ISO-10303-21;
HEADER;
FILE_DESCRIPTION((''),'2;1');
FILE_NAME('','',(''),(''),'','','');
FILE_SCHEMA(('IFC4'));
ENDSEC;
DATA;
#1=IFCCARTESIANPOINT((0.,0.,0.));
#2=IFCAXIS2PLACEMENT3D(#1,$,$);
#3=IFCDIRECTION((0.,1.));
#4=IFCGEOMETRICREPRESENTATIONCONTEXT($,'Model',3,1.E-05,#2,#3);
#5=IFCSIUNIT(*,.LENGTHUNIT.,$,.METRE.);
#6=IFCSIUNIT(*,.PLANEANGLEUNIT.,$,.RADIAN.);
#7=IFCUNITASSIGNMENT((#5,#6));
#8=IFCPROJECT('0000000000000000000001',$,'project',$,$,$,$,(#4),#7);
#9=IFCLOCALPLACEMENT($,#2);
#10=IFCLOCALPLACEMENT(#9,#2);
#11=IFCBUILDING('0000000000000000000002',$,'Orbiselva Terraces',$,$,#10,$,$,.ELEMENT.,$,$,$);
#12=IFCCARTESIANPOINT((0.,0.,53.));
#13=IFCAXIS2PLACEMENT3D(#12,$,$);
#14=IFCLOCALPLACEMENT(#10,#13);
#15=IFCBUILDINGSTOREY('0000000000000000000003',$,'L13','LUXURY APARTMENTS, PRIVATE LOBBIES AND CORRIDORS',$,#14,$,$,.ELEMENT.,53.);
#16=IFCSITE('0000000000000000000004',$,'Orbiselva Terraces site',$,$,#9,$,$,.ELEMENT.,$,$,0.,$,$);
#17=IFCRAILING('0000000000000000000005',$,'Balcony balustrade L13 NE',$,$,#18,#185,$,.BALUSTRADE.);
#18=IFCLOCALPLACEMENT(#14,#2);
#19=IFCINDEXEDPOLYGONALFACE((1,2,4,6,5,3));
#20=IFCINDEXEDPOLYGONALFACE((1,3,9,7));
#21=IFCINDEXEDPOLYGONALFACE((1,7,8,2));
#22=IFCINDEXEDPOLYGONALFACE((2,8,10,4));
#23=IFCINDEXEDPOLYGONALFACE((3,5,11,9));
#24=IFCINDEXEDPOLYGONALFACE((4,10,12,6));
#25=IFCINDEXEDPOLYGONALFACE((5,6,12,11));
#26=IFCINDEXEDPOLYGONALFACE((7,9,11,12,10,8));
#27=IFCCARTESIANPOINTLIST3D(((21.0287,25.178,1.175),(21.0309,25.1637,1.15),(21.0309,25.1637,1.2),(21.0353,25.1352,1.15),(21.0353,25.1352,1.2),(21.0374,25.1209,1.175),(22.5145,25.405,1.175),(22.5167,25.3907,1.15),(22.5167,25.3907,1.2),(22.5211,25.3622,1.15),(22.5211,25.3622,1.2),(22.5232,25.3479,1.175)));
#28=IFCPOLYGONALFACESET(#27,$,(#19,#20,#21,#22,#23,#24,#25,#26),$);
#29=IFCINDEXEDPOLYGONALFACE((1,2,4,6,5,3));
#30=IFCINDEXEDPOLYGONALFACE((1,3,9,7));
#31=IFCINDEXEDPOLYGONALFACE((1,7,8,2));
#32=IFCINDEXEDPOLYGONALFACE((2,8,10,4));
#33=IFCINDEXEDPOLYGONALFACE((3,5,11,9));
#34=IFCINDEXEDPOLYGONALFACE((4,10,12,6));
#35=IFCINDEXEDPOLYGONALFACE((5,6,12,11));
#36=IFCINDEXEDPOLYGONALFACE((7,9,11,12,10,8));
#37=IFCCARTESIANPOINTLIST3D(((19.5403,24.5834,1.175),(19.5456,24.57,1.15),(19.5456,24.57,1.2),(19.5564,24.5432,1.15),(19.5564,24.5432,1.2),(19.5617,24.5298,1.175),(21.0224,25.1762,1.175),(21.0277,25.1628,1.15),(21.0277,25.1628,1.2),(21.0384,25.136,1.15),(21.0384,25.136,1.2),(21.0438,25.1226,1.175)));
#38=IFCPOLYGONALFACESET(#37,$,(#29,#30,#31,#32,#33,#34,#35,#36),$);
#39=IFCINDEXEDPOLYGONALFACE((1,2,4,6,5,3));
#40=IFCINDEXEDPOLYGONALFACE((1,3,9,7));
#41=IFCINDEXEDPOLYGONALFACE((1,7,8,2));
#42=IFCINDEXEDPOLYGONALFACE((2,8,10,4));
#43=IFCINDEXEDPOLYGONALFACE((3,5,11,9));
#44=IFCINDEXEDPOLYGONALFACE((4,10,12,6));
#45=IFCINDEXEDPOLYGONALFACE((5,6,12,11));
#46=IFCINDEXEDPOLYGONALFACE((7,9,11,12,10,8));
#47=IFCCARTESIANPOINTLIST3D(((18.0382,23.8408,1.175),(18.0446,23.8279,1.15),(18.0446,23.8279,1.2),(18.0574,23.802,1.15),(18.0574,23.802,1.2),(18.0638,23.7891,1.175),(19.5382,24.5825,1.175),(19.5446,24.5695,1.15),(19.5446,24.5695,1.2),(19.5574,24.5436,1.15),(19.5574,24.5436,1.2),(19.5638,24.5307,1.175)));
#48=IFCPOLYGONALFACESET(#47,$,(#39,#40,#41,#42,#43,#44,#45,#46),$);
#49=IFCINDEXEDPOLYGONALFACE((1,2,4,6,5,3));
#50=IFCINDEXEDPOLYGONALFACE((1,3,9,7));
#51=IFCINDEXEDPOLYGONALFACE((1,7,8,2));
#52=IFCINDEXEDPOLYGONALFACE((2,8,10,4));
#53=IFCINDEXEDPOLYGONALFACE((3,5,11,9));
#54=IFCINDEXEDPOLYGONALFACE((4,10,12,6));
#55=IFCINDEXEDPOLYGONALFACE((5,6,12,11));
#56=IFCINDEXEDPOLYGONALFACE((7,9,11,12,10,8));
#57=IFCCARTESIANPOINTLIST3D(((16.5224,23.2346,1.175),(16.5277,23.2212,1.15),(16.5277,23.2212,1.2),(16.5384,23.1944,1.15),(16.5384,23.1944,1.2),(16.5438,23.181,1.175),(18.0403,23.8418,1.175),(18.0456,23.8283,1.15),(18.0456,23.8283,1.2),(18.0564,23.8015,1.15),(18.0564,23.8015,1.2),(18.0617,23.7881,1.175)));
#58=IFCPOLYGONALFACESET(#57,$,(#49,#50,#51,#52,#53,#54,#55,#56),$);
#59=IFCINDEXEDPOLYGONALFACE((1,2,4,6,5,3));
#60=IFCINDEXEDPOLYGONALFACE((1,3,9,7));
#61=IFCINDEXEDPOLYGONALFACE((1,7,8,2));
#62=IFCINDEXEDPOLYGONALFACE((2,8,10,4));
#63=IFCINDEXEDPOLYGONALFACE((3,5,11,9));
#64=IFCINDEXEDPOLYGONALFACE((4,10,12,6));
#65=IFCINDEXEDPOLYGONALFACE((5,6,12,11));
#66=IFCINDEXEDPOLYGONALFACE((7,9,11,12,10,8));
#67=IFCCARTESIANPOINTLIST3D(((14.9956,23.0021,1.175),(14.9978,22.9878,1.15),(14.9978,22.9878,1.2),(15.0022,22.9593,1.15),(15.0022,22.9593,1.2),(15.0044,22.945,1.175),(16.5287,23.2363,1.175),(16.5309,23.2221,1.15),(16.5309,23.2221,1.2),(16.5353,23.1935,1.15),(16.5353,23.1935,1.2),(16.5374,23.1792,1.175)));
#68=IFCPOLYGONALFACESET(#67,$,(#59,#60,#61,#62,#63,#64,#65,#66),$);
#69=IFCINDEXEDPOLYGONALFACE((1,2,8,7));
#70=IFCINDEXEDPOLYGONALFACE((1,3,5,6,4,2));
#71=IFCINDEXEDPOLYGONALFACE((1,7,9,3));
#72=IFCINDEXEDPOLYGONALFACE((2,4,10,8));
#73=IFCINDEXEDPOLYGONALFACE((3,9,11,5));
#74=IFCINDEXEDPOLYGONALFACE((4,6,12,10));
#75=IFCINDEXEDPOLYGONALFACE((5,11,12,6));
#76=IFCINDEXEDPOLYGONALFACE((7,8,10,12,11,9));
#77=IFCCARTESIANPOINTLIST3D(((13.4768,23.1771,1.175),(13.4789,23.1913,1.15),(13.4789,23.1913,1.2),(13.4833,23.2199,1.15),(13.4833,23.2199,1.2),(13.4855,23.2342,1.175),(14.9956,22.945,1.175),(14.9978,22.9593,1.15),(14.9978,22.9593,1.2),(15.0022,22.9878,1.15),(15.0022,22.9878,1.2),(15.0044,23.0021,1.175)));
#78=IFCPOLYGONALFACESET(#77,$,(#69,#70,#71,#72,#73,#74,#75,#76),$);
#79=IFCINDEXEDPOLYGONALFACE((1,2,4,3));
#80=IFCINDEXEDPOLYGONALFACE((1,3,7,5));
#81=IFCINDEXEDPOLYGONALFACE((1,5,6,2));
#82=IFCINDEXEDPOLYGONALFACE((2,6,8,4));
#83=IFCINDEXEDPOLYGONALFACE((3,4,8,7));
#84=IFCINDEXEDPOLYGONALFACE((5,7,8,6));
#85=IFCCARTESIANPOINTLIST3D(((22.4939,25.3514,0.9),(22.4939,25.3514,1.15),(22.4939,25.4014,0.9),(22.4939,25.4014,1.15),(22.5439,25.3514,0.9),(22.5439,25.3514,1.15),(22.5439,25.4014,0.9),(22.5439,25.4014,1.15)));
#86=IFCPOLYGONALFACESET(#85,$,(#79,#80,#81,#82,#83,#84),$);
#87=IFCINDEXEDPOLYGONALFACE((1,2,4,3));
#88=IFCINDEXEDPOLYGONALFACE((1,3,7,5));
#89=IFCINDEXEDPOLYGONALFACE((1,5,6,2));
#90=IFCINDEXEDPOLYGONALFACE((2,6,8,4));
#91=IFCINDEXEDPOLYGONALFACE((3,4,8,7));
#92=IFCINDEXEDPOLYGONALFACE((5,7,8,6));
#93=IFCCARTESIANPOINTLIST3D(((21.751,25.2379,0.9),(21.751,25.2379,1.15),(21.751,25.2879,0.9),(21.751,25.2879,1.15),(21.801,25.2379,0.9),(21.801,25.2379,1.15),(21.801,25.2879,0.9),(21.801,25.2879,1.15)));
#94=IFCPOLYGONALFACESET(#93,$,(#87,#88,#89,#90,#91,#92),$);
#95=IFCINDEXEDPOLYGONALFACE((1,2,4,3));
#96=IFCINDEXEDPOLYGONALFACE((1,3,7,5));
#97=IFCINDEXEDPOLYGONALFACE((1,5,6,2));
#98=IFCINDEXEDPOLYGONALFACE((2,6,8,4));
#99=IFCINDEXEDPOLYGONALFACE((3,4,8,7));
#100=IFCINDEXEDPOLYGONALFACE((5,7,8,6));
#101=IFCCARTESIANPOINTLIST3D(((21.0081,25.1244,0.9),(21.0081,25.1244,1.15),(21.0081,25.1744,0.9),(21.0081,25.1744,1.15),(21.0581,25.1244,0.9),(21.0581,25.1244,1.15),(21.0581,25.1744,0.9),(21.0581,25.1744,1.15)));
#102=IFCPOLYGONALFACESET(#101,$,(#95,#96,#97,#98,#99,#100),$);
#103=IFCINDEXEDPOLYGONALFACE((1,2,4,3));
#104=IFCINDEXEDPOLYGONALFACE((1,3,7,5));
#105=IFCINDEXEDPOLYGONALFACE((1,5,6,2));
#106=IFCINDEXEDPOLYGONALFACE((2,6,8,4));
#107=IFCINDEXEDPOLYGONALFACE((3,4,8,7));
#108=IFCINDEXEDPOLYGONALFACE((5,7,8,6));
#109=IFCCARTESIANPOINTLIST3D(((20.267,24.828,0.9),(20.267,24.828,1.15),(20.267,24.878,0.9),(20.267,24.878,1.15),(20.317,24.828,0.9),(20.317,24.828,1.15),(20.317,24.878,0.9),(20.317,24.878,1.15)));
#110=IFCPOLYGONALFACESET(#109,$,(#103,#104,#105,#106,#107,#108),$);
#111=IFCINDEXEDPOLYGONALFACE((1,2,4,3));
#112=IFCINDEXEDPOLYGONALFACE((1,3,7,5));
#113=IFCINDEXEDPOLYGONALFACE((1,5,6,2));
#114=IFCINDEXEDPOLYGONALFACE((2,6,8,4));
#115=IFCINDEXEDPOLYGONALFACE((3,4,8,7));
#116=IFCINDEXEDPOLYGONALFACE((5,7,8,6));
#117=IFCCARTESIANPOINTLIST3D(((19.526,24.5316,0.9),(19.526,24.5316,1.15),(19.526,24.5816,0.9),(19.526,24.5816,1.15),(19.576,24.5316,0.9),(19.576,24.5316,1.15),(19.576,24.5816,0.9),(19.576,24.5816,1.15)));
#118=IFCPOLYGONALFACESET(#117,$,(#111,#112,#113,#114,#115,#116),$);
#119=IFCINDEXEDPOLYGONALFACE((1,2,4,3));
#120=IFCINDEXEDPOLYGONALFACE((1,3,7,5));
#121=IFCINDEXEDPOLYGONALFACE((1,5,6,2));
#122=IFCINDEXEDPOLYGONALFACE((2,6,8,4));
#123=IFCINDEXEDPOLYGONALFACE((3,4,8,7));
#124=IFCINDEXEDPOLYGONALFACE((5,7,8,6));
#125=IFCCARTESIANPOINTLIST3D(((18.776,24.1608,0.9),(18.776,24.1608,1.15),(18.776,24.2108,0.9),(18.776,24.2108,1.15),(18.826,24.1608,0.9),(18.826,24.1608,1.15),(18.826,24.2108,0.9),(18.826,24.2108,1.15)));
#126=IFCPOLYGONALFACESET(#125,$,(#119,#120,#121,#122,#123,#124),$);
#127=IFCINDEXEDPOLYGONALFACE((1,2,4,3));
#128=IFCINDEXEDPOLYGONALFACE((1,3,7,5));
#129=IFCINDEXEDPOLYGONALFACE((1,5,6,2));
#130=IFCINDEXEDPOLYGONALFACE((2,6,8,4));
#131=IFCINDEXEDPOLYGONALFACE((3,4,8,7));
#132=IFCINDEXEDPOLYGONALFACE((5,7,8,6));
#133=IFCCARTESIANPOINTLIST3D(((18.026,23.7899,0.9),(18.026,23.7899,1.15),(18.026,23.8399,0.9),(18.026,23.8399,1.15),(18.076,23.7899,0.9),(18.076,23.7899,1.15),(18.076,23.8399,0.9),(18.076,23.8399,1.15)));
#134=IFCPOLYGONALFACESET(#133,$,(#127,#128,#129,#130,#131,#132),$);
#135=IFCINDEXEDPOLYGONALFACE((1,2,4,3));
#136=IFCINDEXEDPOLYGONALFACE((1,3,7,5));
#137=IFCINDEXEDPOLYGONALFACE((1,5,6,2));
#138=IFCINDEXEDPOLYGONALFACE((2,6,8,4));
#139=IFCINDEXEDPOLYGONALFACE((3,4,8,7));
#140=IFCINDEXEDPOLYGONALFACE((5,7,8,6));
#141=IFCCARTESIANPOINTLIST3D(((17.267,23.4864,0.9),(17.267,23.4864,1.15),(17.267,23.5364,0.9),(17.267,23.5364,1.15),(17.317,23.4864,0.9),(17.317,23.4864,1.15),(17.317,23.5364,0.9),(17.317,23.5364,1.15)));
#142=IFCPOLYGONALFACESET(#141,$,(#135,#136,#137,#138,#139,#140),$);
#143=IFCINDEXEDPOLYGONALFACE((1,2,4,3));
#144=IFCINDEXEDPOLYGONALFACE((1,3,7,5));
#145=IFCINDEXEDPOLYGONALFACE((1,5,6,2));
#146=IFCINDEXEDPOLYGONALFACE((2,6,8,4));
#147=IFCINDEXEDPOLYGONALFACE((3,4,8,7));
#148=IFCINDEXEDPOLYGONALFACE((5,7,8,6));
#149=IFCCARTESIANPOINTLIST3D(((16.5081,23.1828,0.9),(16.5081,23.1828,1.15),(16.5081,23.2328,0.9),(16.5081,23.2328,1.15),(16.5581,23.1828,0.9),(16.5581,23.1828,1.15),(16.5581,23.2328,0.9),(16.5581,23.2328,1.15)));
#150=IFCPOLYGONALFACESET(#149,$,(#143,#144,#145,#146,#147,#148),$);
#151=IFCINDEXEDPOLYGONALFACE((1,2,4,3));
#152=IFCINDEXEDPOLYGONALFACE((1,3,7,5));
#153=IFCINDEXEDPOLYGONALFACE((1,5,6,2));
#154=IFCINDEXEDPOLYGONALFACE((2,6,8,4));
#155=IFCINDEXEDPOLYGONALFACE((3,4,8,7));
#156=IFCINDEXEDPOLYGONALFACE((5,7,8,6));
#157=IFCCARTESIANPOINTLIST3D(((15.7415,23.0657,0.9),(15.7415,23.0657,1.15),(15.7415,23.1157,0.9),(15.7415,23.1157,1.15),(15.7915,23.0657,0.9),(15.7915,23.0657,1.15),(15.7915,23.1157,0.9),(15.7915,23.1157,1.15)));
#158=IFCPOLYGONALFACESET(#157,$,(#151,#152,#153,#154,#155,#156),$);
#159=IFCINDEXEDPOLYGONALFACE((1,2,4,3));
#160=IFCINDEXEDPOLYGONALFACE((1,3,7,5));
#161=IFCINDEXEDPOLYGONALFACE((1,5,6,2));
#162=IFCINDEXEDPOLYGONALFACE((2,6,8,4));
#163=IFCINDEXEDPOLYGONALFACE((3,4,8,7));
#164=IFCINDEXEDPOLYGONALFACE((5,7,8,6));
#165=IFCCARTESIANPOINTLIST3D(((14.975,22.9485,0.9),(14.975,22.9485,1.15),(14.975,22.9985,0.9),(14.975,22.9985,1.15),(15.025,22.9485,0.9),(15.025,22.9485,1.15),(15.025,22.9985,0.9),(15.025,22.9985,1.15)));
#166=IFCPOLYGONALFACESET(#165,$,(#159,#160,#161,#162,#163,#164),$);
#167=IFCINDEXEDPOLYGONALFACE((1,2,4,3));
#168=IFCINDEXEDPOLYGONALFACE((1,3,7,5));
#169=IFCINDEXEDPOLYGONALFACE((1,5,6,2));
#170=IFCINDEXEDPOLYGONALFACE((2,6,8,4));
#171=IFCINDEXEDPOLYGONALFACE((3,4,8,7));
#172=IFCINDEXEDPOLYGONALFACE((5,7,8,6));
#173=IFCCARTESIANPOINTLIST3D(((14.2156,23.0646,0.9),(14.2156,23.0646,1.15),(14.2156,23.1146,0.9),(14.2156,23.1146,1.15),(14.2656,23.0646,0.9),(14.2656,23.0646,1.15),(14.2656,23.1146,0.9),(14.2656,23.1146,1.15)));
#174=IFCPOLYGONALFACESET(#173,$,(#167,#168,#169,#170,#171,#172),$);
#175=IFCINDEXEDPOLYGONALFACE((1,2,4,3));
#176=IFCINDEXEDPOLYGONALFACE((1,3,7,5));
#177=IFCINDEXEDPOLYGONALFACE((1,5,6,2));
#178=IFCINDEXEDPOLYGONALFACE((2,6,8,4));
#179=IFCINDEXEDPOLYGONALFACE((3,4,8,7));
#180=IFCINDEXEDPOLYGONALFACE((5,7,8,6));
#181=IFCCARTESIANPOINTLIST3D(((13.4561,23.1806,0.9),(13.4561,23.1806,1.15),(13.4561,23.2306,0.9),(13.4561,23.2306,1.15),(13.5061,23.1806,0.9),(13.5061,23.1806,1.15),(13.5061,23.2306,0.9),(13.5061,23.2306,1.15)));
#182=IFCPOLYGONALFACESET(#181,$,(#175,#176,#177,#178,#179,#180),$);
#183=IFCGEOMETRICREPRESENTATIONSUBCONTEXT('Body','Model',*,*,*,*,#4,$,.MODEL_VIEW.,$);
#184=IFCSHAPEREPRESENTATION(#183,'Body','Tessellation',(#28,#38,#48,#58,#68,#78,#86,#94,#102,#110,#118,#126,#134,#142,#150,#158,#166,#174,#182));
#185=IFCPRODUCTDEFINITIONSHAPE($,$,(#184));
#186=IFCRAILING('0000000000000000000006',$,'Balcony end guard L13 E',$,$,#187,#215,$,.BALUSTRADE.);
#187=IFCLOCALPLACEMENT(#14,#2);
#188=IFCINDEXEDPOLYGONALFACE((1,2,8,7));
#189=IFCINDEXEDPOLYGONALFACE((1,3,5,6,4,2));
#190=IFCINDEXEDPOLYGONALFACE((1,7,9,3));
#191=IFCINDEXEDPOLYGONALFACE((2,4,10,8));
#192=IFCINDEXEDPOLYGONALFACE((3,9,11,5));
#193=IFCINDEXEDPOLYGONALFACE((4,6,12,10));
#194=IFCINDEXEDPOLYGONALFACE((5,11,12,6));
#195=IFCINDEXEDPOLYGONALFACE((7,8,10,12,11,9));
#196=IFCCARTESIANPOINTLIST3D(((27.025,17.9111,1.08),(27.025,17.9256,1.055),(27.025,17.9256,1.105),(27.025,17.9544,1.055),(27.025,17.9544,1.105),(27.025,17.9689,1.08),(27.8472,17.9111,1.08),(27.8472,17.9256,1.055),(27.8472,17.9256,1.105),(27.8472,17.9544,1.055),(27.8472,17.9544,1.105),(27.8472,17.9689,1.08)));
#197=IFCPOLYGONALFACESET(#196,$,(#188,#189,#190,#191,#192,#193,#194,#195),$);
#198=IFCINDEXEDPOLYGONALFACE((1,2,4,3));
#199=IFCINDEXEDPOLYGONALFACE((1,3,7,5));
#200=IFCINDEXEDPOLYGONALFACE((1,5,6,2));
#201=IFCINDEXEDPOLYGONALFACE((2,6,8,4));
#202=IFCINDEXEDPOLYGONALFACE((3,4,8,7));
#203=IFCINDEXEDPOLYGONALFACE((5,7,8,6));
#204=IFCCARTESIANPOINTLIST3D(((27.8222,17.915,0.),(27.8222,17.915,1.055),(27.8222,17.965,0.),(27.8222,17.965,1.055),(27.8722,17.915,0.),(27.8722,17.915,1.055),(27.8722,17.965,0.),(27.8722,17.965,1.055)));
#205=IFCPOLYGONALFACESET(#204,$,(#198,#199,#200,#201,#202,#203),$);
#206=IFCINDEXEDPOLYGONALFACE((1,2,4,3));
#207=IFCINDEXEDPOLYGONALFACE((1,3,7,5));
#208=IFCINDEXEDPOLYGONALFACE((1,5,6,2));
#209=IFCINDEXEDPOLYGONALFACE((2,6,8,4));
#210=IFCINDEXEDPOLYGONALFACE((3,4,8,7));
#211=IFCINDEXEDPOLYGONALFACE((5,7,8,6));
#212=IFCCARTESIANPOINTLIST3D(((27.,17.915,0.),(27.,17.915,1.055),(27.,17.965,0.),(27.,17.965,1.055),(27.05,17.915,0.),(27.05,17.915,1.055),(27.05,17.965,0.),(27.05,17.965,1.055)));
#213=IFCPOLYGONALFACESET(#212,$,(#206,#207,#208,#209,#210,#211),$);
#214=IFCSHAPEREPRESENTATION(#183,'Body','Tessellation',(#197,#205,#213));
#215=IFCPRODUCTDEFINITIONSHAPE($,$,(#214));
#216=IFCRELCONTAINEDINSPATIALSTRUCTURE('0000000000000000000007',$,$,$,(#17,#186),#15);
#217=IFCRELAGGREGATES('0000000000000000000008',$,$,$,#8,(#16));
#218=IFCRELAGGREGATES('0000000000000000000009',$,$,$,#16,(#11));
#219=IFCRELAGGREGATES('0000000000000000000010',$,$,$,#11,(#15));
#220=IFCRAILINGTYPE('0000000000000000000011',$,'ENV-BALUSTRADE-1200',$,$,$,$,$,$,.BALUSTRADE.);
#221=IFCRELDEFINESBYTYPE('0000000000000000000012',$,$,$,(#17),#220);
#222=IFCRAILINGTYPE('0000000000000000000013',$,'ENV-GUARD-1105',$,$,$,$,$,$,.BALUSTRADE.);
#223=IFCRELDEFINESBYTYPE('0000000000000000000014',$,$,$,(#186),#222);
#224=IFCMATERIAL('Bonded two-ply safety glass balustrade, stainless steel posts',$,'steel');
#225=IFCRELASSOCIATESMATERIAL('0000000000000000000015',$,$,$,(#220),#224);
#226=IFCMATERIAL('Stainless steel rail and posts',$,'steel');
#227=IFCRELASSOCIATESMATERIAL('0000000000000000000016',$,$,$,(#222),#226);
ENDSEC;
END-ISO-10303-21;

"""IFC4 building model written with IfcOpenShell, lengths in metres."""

from ifc_helpers import new_model, si_unit, direction, frame, origin, origin_2d, place, context, subcontext, project, spatial, polyline, rectangle, outline, extrude, material, type_object, element, save


model = new_model("IFC4")

# Units and contexts
model_context = context("Model", 3, precision=1e-05, world=origin(), true_north=direction((0.0, 1.0)))
body_context = subcontext(model_context, "Body", "Model", "MODEL_VIEW")
ifc_project = project(units=[si_unit("LENGTHUNIT", "METRE"), si_unit("PLANEANGLEUNIT", "RADIAN")], contexts=[model_context])

# Site, building, storey
site_placement = place(None, origin())
site = spatial("IfcSite", under=ifc_project, at=site_placement, Name="Orbiselva Terraces site", CompositionType="ELEMENT", RefElevation=0.0)
building_placement = place(site_placement, origin())
building = spatial("IfcBuilding", under=site, at=building_placement, Name="Orbiselva Terraces", CompositionType="ELEMENT")
storey_placement = place(building_placement, frame((0.0, 0.0, 53.0)))
storey = spatial("IfcBuildingStorey", under=building, at=storey_placement, Name="L13", Description="LUXURY APARTMENTS, PRIVATE LOBBIES AND CORRIDORS", CompositionType="ELEMENT", Elevation=53.0)

# Railings
ifc_material_1 = material(Name="Bonded two-ply safety glass balustrade, stainless steel posts", Category="steel")
railing_type_1 = type_object("IfcRailingType", Name="ENV-BALUSTRADE-1200", PredefinedType="BALUSTRADE", material=ifc_material_1)
railing_1_placement = place(storey_placement, frame((22.5189, 25.3764, 0.9)))
element("IfcRailing", 1, at=railing_1_placement, inside=storey, type_object=railing_type_1, Name="Balcony balustrade L13 NE", PredefinedType="BALUSTRADE", context=body_context, shape_type="SweptSolid", body=[
    extrude(outline(polyline([(0.0289, 0.0), (0.0144, 0.025), (-0.0144, 0.025), (-0.0289, 0.0), (-0.0144, -0.025), (0.0144, -0.025), (0.0289, 0.0)])), frame((0.0, 0.0, 0.275), z_axis=(-0.988529, -0.151034, 0.0), x_axis=(0.151034, -0.988529, 0.0)), (0.0, 0.0, 1.0), 1.503),
    extrude(outline(polyline([(0.0289, 0.0), (0.0144, 0.025), (-0.0144, 0.025), (-0.0289, 0.0), (-0.0144, -0.025), (0.0144, -0.025), (0.0289, 0.0)])), frame((-1.4858, -0.227, 0.275), z_axis=(-0.928477, -0.371391, 0.0), x_axis=(0.371391, -0.928477, 0.0)), (0.0, 0.0, 1.0), 1.5963),
    extrude(outline(polyline([(0.0289, 0.0), (0.0144, 0.025), (-0.0144, 0.025), (-0.0289, 0.0), (-0.0144, -0.025), (0.0144, -0.025), (0.0289, 0.0)])), frame((-2.9679, -0.8198, 0.275), z_axis=(-0.896417, -0.443212, 0.0), x_axis=(0.443212, -0.896417, 0.0)), (0.0, 0.0, 1.0), 1.6733),
    extrude(outline(polyline([(0.0289, 0.0), (0.0144, 0.025), (-0.0144, 0.025), (-0.0289, 0.0), (-0.0144, -0.025), (0.0144, -0.025), (0.0289, 0.0)])), frame((-4.4679, -1.5615, 0.275), z_axis=(-0.928477, -0.37139, 0.0), x_axis=(0.37139, -0.928477, 0.0)), (0.0, 0.0, 1.0), 1.6348),
    extrude(outline(polyline([(0.0289, 0.0), (0.0144, 0.025), (-0.0144, 0.025), (-0.0289, 0.0), (-0.0144, -0.025), (0.0144, -0.025), (0.0289, 0.0)])), frame((-5.9858, -2.1686, 0.275), z_axis=(-0.988529, -0.151034, 0.0), x_axis=(0.151034, -0.988529, 0.0)), (0.0, 0.0, 1.0), 1.5509),
    extrude(outline(polyline([(0.0289, 0.0), (0.0144, 0.025), (-0.0144, 0.025), (-0.0289, 0.0), (-0.0144, -0.025), (0.0144, -0.025), (0.0289, 0.0)])), frame((-7.5189, -2.4029, 0.275), z_axis=(-0.988529, 0.151034, 0.0), x_axis=(-0.151034, -0.988529, 0.0)), (0.0, 0.0, 1.0), 1.5365),
    extrude(rectangle(XDim=0.05, YDim=0.05, at=origin_2d()), origin(), (0.0, 0.0, 1.0), 0.25),
    extrude(rectangle(XDim=0.05, YDim=0.05, at=origin_2d()), frame((-0.7429, -0.1135, 0.0)), (0.0, 0.0, 1.0), 0.25),
    extrude(rectangle(XDim=0.05, YDim=0.05, at=origin_2d()), frame((-1.4858, -0.227, 0.0)), (0.0, 0.0, 1.0), 0.25),
    extrude(rectangle(XDim=0.05, YDim=0.05, at=origin_2d()), frame((-2.2268, -0.5234, 0.0)), (0.0, 0.0, 1.0), 0.25),
    extrude(rectangle(XDim=0.05, YDim=0.05, at=origin_2d()), frame((-2.9679, -0.8198, 0.0)), (0.0, 0.0, 1.0), 0.25),
    extrude(rectangle(XDim=0.05, YDim=0.05, at=origin_2d()), frame((-3.7179, -1.1907, 0.0)), (0.0, 0.0, 1.0), 0.25),
    extrude(rectangle(XDim=0.05, YDim=0.05, at=origin_2d()), frame((-4.4679, -1.5615, 0.0)), (0.0, 0.0, 1.0), 0.25),
    extrude(rectangle(XDim=0.05, YDim=0.05, at=origin_2d()), frame((-5.2268, -1.8651, 0.0)), (0.0, 0.0, 1.0), 0.25),
    extrude(rectangle(XDim=0.05, YDim=0.05, at=origin_2d()), frame((-5.9858, -2.1686, 0.0)), (0.0, 0.0, 1.0), 0.25),
    extrude(rectangle(XDim=0.05, YDim=0.05, at=origin_2d()), frame((-6.7523, -2.2858, 0.0)), (0.0, 0.0, 1.0), 0.25),
    extrude(rectangle(XDim=0.05, YDim=0.05, at=origin_2d()), frame((-7.5189, -2.4029, 0.0)), (0.0, 0.0, 1.0), 0.25),
    extrude(rectangle(XDim=0.05, YDim=0.05, at=origin_2d()), frame((-8.2783, -2.2869, 0.0)), (0.0, 0.0, 1.0), 0.25),
    extrude(rectangle(XDim=0.05, YDim=0.05, at=origin_2d()), frame((-9.0378, -2.1708, 0.0)), (0.0, 0.0, 1.0), 0.25),
])
ifc_material_2 = material(Name="Stainless steel rail and posts", Category="steel")
railing_type_2 = type_object("IfcRailingType", Name="ENV-GUARD-1105", PredefinedType="BALUSTRADE", material=ifc_material_2)
railing_2_placement = place(storey_placement, frame((27.8472, 17.94, 0.0)))
element("IfcRailing", 2, at=railing_2_placement, inside=storey, type_object=railing_type_2, Name="Balcony end guard L13 E", PredefinedType="BALUSTRADE", context=body_context, shape_type="SweptSolid", body=[
    extrude(outline(polyline([(0.0289, 0.0), (0.0144, 0.025), (-0.0144, 0.025), (-0.0289, 0.0), (-0.0144, -0.025), (0.0144, -0.025), (0.0289, 0.0)])), frame((0.0, 0.0, 1.08), z_axis=(-1.0, 0.0, 0.0), x_axis=(0.0, -1.0, 0.0)), (0.0, 0.0, 1.0), 0.8222),
    extrude(rectangle(XDim=0.05, YDim=0.05, at=origin_2d()), origin(), (0.0, 0.0, 1.0), 1.055),
    extrude(rectangle(XDim=0.05, YDim=0.05, at=origin_2d()), frame((-0.8222, 0.0, 0.0)), (0.0, 0.0, 1.0), 1.055),
])

save(model, "model.ifc")
